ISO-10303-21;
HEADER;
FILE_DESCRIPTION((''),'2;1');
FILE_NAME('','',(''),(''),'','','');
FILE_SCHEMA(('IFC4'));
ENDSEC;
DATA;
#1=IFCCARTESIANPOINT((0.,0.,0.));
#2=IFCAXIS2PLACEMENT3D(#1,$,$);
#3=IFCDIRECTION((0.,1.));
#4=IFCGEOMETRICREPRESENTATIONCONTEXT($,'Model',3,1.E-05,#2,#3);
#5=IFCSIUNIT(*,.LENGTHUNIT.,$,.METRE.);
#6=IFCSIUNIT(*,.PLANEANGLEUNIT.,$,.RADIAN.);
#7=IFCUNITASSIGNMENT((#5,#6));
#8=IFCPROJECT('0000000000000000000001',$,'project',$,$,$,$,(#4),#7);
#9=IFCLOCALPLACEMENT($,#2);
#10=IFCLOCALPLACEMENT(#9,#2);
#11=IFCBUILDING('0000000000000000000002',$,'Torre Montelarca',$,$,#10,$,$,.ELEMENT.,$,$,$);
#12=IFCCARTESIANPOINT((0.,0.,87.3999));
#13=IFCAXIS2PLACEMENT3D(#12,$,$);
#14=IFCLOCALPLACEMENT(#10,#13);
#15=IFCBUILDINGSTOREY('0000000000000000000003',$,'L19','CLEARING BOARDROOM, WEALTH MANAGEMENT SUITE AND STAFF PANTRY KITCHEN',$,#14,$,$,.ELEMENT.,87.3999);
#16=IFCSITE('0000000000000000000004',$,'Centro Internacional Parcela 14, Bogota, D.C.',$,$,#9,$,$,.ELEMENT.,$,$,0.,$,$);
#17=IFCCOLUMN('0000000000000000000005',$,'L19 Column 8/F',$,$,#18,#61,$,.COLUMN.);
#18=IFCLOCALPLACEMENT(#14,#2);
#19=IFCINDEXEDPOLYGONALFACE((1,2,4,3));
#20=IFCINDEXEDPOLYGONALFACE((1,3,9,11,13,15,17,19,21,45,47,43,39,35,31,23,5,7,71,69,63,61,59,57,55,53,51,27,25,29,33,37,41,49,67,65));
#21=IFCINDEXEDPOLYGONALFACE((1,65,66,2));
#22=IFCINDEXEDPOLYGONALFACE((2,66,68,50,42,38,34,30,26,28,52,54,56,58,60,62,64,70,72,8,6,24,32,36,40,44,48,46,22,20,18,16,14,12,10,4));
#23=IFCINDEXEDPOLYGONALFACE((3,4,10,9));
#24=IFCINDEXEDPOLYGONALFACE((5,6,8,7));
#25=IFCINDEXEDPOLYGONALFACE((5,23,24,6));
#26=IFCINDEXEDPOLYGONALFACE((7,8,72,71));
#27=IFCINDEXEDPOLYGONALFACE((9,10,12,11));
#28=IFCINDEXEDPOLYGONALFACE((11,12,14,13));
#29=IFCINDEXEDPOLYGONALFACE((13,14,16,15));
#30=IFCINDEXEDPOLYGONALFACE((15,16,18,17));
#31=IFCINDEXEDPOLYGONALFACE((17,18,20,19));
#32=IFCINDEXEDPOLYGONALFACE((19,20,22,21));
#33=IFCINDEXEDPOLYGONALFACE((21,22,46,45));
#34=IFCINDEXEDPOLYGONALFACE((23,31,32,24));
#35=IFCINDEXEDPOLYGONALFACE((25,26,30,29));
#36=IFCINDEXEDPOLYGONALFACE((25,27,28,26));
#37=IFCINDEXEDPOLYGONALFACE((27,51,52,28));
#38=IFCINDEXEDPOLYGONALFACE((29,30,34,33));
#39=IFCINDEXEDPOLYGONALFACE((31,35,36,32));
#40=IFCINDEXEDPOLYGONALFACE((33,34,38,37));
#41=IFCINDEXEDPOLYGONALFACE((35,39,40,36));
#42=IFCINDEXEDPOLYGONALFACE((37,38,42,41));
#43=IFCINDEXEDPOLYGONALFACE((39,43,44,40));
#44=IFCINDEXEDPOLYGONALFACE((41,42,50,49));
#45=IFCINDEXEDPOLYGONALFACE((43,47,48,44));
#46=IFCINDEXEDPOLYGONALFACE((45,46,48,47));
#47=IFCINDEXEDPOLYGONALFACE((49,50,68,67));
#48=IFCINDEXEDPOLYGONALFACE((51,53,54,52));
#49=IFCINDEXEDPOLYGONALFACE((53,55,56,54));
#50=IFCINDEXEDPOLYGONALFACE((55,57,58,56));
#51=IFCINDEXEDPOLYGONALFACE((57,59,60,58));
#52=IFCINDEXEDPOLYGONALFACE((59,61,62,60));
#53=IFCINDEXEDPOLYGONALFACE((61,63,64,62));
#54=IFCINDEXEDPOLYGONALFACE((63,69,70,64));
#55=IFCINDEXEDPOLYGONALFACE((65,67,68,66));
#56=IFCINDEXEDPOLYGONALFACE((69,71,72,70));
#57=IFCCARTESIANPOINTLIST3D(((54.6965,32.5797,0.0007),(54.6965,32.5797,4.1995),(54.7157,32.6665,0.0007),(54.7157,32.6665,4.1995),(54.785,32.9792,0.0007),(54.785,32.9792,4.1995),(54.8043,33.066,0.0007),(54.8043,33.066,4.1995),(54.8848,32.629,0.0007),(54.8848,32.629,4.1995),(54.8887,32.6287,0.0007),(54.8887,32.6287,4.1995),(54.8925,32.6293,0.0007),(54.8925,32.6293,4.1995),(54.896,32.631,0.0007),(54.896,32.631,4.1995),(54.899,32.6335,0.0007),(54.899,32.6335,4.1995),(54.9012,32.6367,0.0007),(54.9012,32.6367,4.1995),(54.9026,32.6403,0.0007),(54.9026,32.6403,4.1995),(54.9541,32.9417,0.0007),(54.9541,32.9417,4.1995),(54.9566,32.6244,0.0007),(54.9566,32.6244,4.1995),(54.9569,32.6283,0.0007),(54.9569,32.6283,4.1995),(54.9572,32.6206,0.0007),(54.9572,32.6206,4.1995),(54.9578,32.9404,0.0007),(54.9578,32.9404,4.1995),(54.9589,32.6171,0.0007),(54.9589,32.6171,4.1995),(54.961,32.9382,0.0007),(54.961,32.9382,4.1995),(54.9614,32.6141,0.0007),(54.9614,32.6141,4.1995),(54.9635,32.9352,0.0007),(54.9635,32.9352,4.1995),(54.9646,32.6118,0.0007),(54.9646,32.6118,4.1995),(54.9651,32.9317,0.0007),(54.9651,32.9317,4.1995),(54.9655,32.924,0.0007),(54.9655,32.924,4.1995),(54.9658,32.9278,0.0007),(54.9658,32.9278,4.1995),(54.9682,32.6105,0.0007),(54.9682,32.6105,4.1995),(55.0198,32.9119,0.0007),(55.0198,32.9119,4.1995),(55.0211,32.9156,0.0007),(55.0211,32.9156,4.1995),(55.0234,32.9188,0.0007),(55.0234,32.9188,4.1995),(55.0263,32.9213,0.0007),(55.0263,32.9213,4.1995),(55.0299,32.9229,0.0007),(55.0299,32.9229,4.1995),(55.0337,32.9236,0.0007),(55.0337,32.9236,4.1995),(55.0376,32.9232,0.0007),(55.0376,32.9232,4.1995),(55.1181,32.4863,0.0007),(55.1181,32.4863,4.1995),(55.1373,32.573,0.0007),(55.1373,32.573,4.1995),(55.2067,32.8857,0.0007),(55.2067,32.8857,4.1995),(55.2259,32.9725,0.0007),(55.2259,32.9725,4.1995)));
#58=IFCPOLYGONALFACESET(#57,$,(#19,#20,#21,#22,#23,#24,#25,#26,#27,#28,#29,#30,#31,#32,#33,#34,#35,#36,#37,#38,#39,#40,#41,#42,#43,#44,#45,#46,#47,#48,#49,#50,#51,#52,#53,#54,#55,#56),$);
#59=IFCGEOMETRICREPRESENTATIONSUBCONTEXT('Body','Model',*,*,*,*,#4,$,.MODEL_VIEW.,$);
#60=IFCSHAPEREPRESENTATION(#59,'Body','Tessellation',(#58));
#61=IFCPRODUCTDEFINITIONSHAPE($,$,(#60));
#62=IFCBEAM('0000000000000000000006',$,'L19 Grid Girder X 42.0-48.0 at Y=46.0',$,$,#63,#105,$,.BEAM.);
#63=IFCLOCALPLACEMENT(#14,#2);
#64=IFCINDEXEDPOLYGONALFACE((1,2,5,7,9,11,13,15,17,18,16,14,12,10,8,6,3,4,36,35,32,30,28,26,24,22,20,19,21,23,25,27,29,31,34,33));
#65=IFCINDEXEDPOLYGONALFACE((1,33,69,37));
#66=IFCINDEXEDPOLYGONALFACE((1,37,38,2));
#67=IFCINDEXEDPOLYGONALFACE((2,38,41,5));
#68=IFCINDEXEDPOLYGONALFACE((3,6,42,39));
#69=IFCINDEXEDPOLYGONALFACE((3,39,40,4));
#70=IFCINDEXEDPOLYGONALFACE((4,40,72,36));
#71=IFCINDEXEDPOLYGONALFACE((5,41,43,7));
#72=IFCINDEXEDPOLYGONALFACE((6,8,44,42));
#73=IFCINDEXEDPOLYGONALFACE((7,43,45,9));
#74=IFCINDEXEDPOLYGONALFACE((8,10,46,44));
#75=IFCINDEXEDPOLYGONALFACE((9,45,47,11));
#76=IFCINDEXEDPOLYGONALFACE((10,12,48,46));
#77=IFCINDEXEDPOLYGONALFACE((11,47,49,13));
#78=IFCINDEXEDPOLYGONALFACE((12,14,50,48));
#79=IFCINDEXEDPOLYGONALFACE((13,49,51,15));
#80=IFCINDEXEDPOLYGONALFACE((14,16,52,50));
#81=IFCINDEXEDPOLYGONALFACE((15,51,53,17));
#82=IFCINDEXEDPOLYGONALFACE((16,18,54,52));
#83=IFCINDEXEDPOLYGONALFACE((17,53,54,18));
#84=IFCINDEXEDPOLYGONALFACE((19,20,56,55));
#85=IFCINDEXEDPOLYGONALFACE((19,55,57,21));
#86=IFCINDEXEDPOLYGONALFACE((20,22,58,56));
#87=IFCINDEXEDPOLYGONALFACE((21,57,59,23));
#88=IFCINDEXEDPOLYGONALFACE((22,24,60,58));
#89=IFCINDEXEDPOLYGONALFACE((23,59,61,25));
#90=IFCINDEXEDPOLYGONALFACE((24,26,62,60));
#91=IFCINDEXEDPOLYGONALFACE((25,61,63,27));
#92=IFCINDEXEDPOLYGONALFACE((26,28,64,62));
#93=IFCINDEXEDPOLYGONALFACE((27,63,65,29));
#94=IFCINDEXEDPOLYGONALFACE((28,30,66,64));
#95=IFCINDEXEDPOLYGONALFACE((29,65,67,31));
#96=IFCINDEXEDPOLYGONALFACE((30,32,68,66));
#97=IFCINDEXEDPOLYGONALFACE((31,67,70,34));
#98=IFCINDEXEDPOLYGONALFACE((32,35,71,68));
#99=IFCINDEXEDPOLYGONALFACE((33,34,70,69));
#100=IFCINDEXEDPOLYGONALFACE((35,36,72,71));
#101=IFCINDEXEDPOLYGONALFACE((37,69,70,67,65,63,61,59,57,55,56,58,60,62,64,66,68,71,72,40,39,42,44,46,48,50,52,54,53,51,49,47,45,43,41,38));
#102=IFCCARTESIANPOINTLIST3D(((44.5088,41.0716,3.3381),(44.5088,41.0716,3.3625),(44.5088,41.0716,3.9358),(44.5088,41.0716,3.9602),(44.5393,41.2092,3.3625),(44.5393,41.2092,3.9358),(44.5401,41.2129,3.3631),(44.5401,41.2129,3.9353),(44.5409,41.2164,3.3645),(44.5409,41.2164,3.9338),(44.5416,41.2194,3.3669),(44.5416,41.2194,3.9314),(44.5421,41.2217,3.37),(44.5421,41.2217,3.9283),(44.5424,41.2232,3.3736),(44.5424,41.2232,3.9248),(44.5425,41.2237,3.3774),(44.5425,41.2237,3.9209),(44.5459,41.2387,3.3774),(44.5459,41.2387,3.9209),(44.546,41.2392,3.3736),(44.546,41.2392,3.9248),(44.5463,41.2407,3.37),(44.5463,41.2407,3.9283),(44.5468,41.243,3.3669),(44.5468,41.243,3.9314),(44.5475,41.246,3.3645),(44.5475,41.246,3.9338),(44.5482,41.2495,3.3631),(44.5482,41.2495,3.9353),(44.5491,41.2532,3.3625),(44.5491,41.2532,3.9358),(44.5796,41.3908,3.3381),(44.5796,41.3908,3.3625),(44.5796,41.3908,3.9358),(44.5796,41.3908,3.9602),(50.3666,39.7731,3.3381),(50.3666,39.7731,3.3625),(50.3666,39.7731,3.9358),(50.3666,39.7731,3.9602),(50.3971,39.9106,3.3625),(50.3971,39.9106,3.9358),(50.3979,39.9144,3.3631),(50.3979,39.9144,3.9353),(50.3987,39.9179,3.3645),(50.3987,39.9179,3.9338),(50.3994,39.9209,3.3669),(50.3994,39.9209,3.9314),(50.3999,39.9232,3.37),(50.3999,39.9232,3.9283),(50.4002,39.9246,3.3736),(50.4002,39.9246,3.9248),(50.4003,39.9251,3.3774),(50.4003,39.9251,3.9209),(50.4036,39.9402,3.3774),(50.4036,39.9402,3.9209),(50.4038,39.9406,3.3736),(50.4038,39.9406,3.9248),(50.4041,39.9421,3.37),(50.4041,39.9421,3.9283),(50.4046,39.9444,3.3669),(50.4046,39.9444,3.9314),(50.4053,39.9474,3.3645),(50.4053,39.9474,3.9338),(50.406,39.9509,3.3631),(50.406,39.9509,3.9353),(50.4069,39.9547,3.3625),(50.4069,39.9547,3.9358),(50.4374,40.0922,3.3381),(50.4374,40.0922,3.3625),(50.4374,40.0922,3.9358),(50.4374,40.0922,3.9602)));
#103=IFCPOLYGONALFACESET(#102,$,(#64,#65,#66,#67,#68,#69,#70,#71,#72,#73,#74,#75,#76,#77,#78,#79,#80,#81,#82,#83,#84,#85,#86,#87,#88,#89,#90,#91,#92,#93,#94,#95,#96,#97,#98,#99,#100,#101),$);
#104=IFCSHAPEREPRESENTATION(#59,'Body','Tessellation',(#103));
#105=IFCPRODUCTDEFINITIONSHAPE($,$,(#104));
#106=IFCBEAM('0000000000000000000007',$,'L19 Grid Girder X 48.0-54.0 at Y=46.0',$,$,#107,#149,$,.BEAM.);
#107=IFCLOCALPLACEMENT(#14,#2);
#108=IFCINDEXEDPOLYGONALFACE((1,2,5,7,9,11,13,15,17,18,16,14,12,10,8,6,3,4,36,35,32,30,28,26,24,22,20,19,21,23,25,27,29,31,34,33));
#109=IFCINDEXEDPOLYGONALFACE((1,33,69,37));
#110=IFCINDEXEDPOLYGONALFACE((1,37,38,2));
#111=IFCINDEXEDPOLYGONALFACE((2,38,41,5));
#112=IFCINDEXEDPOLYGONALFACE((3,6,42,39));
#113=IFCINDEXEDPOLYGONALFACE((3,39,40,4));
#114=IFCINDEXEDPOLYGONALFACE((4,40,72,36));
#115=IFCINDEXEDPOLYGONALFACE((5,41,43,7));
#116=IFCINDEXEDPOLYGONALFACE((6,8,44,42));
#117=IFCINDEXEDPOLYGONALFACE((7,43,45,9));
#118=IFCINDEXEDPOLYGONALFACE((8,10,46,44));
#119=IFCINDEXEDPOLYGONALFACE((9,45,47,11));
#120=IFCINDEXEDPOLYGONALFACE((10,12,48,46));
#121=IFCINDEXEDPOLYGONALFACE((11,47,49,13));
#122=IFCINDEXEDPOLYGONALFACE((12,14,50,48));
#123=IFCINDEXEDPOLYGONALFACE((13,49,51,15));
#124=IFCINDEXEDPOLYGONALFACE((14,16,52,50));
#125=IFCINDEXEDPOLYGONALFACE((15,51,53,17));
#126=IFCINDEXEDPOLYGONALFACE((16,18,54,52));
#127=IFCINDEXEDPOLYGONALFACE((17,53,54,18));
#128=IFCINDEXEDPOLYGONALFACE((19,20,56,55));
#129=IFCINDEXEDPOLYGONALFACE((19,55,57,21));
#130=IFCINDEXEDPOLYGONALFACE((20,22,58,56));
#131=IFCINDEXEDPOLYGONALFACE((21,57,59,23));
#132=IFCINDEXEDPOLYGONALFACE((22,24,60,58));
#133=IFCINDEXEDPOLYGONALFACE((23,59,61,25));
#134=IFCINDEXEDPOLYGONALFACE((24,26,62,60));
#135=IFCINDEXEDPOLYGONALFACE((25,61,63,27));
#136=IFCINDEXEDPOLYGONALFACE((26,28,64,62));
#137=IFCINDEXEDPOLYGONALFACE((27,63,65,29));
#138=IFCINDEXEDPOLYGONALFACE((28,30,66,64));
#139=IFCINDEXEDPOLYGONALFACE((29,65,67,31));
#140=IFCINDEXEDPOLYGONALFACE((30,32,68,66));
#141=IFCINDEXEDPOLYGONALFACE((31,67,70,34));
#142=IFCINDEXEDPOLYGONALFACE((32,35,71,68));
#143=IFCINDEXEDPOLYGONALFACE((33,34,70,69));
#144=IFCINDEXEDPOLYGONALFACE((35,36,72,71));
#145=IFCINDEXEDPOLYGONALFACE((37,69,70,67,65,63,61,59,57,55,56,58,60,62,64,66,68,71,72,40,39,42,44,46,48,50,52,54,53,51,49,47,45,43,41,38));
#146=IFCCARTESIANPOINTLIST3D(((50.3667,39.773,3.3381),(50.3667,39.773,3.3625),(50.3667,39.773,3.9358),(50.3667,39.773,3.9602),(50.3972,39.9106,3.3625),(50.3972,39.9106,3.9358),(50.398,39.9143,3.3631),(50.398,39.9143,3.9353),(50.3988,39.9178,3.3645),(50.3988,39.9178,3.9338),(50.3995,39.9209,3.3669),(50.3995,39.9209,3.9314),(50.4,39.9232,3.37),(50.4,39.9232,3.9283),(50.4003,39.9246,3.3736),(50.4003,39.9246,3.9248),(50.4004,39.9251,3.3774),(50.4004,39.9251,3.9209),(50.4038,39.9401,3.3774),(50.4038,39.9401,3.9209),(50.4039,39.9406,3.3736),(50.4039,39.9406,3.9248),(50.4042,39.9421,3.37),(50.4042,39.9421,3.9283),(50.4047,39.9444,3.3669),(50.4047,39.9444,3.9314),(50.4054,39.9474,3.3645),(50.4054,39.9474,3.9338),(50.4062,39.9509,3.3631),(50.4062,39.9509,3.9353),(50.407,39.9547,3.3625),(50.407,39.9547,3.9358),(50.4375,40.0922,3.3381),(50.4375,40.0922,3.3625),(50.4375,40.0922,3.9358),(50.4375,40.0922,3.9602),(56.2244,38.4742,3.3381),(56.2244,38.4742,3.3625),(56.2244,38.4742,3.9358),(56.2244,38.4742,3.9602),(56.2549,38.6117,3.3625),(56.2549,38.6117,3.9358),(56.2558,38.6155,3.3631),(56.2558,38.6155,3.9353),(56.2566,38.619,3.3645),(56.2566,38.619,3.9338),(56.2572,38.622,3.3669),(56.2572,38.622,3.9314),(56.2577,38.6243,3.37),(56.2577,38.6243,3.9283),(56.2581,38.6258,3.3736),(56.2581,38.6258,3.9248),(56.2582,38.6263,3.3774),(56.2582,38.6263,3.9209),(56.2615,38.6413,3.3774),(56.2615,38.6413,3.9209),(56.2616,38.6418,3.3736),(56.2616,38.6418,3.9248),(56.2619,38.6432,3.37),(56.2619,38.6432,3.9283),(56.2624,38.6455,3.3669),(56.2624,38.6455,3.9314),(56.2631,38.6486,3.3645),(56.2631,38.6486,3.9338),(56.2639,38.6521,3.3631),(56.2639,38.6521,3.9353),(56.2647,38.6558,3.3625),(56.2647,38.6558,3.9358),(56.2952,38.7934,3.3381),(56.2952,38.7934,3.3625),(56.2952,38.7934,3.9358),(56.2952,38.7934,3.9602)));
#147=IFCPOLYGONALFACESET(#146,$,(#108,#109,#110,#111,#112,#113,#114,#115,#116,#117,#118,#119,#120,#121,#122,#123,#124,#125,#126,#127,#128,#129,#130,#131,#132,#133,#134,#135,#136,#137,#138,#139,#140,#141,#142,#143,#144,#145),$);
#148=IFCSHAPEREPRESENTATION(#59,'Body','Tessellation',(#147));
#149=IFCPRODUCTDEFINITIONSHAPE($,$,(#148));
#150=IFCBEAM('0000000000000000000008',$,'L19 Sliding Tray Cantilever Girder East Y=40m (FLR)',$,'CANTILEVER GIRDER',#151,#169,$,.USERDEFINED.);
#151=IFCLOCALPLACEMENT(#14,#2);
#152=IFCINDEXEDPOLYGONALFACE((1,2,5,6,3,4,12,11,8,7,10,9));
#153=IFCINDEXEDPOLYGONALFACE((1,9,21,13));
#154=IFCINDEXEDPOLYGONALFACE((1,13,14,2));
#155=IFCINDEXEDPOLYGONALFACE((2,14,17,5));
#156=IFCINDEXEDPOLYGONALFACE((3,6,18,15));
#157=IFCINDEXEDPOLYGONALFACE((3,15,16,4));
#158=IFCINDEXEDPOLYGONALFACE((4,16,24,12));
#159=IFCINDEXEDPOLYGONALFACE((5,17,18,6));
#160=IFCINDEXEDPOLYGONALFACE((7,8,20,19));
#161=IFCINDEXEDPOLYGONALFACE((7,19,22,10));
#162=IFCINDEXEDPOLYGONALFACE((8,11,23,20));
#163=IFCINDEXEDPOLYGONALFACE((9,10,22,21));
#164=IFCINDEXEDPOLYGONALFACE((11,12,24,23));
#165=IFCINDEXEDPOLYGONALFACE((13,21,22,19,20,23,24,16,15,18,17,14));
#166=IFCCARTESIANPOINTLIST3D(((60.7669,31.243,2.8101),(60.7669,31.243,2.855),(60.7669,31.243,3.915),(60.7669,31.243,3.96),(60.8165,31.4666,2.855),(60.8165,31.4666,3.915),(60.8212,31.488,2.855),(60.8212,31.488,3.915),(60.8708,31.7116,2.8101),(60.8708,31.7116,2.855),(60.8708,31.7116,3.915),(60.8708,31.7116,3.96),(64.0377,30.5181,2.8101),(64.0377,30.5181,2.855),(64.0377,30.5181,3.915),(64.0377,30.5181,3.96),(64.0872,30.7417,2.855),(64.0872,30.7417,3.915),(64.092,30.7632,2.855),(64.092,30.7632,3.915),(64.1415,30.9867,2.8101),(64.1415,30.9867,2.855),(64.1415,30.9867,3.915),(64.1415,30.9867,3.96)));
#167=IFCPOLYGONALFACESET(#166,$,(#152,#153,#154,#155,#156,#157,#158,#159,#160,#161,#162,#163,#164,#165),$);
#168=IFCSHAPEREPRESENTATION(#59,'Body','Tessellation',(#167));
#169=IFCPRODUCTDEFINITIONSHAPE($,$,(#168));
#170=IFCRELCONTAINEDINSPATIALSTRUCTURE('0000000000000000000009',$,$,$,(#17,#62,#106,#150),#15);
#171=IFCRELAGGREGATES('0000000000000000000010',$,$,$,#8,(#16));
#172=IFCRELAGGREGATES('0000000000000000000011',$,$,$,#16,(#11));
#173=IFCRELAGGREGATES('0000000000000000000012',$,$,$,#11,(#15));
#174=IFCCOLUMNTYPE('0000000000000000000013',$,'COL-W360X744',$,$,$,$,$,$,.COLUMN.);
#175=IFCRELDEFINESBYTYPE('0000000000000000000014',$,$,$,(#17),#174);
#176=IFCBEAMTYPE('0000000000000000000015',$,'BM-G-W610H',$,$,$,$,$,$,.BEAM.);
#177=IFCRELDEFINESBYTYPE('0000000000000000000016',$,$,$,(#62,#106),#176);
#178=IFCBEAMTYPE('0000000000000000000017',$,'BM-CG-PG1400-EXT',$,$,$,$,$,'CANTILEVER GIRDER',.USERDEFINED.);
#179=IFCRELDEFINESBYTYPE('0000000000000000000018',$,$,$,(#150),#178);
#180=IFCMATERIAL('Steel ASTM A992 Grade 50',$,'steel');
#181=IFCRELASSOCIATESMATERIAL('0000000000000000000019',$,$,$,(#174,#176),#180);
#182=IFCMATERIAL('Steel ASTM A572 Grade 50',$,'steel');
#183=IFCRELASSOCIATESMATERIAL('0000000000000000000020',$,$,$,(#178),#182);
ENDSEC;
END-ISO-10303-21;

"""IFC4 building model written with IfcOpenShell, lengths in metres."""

from ifc_helpers import new_model, si_unit, direction, frame, origin, origin_2d, place, context, subcontext, project, spatial, i_section, extrude, source, transform, mapped, material, material_profile, profile_set, type_object, element, save


model = new_model("IFC4")

# Units and contexts
model_context = context("Model", 3, precision=1e-05, world=origin(), true_north=direction((0.0, 1.0)))
body_context = subcontext(model_context, "Body", "Model", "MODEL_VIEW")
ifc_project = project(units=[si_unit("LENGTHUNIT", "METRE"), si_unit("PLANEANGLEUNIT", "RADIAN")], contexts=[model_context])

# Site, building, storey
site_placement = place(None, origin())
site = spatial("IfcSite", under=ifc_project, at=site_placement, Name="Centro Internacional Parcela 14, Bogota, D.C.", CompositionType="ELEMENT", RefElevation=0.0)
building_placement = place(site_placement, origin())
building = spatial("IfcBuilding", under=site, at=building_placement, Name="Torre Montelarca", CompositionType="ELEMENT")
storey_placement = place(building_placement, frame((0.0, 0.0, 87.3999)))
storey = spatial("IfcBuildingStorey", under=building, at=storey_placement, Name="L19", Description="CLEARING BOARDROOM, WEALTH MANAGEMENT SUITE AND STAFF PANTRY KITCHEN", CompositionType="ELEMENT", Elevation=87.3999)

# Column
ifc_material_1 = material(Name="Steel ASTM A992 Grade 50", Category="steel")
ifc_material_profile_1 = material_profile(ifc_material_1, i_section(OverallWidth=0.4319, OverallDepth=0.498, WebThickness=0.0557, FlangeThickness=0.0889, FilletRadius=0.0149, at=origin_2d()), Name="W360X744", Category="steel")
ifc_profile_set_1 = profile_set([ifc_material_profile_1], Name="Steel ASTM A992 Grade 50")
column_type_1 = type_object("IfcColumnType", Name="COL-W360X744", PredefinedType="COLUMN", material=ifc_profile_set_1)
shared_shape_1 = source(origin(), body_context, "Body", "SweptSolid", [
    extrude(i_section(OverallWidth=0.4319, OverallDepth=0.498, WebThickness=0.0557, FlangeThickness=0.0889, FilletRadius=0.0149, at=origin_2d()), origin(), (0.0, 0.0, 1.0), 4.1987),
])
for number, where, z_axis, x_axis, name in (
    (1, (54.9612, 32.7761, 0.0007), (0.0, 0.0, 1.0), (-0.976296, 0.21644, 0.0), "L19 Column 8/F"),
):
    element("IfcColumn", number, at=place(storey_placement, frame(where, z_axis=z_axis, x_axis=x_axis)), inside=storey, type_object=column_type_1, Name=name, PredefinedType="COLUMN", context=body_context, shape_type="MappedRepresentation", body=[
        mapped(shared_shape_1, transform((0.0, 0.0, 0.0), scale=1.0)),
    ])

# Beams
ifc_material_profile_2 = material_profile(ifc_material_1, i_section(OverallWidth=0.3269, OverallDepth=0.6221, WebThickness=0.0154, FlangeThickness=0.0244, FilletRadius=0.0149, at=origin_2d()), Name="W610X195", Category="steel")
ifc_profile_set_2 = profile_set([ifc_material_profile_2], Name="Steel ASTM A992 Grade 50")
beam_type_1 = type_object("IfcBeamType", Name="BM-G-W610H", PredefinedType="BEAM", material=ifc_profile_set_2)
shared_shape_2 = source(origin(), body_context, "Body", "SweptSolid", [
    extrude(i_section(OverallWidth=0.3269, OverallDepth=0.6221, WebThickness=0.0154, FlangeThickness=0.0244, FilletRadius=0.0149, at=origin_2d()), origin(), (0.0, 0.0, 1.0), 6.0),
])
for number, where, z_axis, x_axis, name in (
    (2, (44.5442, 41.2312, 3.6492), (0.976299, -0.216426, 0.0), (0.216426, 0.976299, 0.0), "L19 Grid Girder X 42.0-48.0 at Y=46.0"),
    (3, (50.4021, 39.9326, 3.6492), (0.976288, -0.216474, 0.0), (0.216474, 0.976288, 0.0), "L19 Grid Girder X 48.0-54.0 at Y=46.0"),
):
    element("IfcBeam", number, at=place(storey_placement, frame(where, z_axis=z_axis, x_axis=x_axis)), inside=storey, type_object=beam_type_1, Name=name, PredefinedType="BEAM", context=body_context, shape_type="MappedRepresentation", body=[
        mapped(shared_shape_2, transform((0.0, 0.0, 0.0), scale=1.0)),
    ])
ifc_material_2 = material(Name="Steel ASTM A572 Grade 50", Category="steel")
ifc_material_profile_3 = material_profile(ifc_material_2, i_section(OverallWidth=0.48, OverallDepth=1.1499, WebThickness=0.022, FlangeThickness=0.0449, at=origin_2d()), Name="PG1150X480X22X45", Category="steel")
ifc_profile_set_3 = profile_set([ifc_material_profile_3], Name="Steel ASTM A572 Grade 50")
beam_type_2 = type_object("IfcBeamType", Name="BM-CG-PG1400-EXT", ElementType="CANTILEVER GIRDER", PredefinedType="USERDEFINED", material=ifc_profile_set_3)
shared_shape_3 = source(origin(), body_context, "Body", "SweptSolid", [
    extrude(i_section(OverallWidth=0.48, OverallDepth=1.1499, WebThickness=0.022, FlangeThickness=0.0449, at=origin_2d()), origin(), (0.0, 0.0, 1.0), 3.3501),
])
beam_placement = place(storey_placement, frame((60.8188, 31.4773, 3.385), z_axis=(0.976312, -0.216367, 0.0), x_axis=(0.216367, 0.976312, 0.0)))
element("IfcBeam", 4, at=beam_placement, inside=storey, type_object=beam_type_2, Name="L19 Sliding Tray Cantilever Girder East Y=40m (FLR)", ObjectType="CANTILEVER GIRDER", PredefinedType="USERDEFINED", context=body_context, shape_type="MappedRepresentation", body=[
    mapped(shared_shape_3, transform((0.0, 0.0, 0.0), scale=1.0)),
])

save(model, "model.ifc")
